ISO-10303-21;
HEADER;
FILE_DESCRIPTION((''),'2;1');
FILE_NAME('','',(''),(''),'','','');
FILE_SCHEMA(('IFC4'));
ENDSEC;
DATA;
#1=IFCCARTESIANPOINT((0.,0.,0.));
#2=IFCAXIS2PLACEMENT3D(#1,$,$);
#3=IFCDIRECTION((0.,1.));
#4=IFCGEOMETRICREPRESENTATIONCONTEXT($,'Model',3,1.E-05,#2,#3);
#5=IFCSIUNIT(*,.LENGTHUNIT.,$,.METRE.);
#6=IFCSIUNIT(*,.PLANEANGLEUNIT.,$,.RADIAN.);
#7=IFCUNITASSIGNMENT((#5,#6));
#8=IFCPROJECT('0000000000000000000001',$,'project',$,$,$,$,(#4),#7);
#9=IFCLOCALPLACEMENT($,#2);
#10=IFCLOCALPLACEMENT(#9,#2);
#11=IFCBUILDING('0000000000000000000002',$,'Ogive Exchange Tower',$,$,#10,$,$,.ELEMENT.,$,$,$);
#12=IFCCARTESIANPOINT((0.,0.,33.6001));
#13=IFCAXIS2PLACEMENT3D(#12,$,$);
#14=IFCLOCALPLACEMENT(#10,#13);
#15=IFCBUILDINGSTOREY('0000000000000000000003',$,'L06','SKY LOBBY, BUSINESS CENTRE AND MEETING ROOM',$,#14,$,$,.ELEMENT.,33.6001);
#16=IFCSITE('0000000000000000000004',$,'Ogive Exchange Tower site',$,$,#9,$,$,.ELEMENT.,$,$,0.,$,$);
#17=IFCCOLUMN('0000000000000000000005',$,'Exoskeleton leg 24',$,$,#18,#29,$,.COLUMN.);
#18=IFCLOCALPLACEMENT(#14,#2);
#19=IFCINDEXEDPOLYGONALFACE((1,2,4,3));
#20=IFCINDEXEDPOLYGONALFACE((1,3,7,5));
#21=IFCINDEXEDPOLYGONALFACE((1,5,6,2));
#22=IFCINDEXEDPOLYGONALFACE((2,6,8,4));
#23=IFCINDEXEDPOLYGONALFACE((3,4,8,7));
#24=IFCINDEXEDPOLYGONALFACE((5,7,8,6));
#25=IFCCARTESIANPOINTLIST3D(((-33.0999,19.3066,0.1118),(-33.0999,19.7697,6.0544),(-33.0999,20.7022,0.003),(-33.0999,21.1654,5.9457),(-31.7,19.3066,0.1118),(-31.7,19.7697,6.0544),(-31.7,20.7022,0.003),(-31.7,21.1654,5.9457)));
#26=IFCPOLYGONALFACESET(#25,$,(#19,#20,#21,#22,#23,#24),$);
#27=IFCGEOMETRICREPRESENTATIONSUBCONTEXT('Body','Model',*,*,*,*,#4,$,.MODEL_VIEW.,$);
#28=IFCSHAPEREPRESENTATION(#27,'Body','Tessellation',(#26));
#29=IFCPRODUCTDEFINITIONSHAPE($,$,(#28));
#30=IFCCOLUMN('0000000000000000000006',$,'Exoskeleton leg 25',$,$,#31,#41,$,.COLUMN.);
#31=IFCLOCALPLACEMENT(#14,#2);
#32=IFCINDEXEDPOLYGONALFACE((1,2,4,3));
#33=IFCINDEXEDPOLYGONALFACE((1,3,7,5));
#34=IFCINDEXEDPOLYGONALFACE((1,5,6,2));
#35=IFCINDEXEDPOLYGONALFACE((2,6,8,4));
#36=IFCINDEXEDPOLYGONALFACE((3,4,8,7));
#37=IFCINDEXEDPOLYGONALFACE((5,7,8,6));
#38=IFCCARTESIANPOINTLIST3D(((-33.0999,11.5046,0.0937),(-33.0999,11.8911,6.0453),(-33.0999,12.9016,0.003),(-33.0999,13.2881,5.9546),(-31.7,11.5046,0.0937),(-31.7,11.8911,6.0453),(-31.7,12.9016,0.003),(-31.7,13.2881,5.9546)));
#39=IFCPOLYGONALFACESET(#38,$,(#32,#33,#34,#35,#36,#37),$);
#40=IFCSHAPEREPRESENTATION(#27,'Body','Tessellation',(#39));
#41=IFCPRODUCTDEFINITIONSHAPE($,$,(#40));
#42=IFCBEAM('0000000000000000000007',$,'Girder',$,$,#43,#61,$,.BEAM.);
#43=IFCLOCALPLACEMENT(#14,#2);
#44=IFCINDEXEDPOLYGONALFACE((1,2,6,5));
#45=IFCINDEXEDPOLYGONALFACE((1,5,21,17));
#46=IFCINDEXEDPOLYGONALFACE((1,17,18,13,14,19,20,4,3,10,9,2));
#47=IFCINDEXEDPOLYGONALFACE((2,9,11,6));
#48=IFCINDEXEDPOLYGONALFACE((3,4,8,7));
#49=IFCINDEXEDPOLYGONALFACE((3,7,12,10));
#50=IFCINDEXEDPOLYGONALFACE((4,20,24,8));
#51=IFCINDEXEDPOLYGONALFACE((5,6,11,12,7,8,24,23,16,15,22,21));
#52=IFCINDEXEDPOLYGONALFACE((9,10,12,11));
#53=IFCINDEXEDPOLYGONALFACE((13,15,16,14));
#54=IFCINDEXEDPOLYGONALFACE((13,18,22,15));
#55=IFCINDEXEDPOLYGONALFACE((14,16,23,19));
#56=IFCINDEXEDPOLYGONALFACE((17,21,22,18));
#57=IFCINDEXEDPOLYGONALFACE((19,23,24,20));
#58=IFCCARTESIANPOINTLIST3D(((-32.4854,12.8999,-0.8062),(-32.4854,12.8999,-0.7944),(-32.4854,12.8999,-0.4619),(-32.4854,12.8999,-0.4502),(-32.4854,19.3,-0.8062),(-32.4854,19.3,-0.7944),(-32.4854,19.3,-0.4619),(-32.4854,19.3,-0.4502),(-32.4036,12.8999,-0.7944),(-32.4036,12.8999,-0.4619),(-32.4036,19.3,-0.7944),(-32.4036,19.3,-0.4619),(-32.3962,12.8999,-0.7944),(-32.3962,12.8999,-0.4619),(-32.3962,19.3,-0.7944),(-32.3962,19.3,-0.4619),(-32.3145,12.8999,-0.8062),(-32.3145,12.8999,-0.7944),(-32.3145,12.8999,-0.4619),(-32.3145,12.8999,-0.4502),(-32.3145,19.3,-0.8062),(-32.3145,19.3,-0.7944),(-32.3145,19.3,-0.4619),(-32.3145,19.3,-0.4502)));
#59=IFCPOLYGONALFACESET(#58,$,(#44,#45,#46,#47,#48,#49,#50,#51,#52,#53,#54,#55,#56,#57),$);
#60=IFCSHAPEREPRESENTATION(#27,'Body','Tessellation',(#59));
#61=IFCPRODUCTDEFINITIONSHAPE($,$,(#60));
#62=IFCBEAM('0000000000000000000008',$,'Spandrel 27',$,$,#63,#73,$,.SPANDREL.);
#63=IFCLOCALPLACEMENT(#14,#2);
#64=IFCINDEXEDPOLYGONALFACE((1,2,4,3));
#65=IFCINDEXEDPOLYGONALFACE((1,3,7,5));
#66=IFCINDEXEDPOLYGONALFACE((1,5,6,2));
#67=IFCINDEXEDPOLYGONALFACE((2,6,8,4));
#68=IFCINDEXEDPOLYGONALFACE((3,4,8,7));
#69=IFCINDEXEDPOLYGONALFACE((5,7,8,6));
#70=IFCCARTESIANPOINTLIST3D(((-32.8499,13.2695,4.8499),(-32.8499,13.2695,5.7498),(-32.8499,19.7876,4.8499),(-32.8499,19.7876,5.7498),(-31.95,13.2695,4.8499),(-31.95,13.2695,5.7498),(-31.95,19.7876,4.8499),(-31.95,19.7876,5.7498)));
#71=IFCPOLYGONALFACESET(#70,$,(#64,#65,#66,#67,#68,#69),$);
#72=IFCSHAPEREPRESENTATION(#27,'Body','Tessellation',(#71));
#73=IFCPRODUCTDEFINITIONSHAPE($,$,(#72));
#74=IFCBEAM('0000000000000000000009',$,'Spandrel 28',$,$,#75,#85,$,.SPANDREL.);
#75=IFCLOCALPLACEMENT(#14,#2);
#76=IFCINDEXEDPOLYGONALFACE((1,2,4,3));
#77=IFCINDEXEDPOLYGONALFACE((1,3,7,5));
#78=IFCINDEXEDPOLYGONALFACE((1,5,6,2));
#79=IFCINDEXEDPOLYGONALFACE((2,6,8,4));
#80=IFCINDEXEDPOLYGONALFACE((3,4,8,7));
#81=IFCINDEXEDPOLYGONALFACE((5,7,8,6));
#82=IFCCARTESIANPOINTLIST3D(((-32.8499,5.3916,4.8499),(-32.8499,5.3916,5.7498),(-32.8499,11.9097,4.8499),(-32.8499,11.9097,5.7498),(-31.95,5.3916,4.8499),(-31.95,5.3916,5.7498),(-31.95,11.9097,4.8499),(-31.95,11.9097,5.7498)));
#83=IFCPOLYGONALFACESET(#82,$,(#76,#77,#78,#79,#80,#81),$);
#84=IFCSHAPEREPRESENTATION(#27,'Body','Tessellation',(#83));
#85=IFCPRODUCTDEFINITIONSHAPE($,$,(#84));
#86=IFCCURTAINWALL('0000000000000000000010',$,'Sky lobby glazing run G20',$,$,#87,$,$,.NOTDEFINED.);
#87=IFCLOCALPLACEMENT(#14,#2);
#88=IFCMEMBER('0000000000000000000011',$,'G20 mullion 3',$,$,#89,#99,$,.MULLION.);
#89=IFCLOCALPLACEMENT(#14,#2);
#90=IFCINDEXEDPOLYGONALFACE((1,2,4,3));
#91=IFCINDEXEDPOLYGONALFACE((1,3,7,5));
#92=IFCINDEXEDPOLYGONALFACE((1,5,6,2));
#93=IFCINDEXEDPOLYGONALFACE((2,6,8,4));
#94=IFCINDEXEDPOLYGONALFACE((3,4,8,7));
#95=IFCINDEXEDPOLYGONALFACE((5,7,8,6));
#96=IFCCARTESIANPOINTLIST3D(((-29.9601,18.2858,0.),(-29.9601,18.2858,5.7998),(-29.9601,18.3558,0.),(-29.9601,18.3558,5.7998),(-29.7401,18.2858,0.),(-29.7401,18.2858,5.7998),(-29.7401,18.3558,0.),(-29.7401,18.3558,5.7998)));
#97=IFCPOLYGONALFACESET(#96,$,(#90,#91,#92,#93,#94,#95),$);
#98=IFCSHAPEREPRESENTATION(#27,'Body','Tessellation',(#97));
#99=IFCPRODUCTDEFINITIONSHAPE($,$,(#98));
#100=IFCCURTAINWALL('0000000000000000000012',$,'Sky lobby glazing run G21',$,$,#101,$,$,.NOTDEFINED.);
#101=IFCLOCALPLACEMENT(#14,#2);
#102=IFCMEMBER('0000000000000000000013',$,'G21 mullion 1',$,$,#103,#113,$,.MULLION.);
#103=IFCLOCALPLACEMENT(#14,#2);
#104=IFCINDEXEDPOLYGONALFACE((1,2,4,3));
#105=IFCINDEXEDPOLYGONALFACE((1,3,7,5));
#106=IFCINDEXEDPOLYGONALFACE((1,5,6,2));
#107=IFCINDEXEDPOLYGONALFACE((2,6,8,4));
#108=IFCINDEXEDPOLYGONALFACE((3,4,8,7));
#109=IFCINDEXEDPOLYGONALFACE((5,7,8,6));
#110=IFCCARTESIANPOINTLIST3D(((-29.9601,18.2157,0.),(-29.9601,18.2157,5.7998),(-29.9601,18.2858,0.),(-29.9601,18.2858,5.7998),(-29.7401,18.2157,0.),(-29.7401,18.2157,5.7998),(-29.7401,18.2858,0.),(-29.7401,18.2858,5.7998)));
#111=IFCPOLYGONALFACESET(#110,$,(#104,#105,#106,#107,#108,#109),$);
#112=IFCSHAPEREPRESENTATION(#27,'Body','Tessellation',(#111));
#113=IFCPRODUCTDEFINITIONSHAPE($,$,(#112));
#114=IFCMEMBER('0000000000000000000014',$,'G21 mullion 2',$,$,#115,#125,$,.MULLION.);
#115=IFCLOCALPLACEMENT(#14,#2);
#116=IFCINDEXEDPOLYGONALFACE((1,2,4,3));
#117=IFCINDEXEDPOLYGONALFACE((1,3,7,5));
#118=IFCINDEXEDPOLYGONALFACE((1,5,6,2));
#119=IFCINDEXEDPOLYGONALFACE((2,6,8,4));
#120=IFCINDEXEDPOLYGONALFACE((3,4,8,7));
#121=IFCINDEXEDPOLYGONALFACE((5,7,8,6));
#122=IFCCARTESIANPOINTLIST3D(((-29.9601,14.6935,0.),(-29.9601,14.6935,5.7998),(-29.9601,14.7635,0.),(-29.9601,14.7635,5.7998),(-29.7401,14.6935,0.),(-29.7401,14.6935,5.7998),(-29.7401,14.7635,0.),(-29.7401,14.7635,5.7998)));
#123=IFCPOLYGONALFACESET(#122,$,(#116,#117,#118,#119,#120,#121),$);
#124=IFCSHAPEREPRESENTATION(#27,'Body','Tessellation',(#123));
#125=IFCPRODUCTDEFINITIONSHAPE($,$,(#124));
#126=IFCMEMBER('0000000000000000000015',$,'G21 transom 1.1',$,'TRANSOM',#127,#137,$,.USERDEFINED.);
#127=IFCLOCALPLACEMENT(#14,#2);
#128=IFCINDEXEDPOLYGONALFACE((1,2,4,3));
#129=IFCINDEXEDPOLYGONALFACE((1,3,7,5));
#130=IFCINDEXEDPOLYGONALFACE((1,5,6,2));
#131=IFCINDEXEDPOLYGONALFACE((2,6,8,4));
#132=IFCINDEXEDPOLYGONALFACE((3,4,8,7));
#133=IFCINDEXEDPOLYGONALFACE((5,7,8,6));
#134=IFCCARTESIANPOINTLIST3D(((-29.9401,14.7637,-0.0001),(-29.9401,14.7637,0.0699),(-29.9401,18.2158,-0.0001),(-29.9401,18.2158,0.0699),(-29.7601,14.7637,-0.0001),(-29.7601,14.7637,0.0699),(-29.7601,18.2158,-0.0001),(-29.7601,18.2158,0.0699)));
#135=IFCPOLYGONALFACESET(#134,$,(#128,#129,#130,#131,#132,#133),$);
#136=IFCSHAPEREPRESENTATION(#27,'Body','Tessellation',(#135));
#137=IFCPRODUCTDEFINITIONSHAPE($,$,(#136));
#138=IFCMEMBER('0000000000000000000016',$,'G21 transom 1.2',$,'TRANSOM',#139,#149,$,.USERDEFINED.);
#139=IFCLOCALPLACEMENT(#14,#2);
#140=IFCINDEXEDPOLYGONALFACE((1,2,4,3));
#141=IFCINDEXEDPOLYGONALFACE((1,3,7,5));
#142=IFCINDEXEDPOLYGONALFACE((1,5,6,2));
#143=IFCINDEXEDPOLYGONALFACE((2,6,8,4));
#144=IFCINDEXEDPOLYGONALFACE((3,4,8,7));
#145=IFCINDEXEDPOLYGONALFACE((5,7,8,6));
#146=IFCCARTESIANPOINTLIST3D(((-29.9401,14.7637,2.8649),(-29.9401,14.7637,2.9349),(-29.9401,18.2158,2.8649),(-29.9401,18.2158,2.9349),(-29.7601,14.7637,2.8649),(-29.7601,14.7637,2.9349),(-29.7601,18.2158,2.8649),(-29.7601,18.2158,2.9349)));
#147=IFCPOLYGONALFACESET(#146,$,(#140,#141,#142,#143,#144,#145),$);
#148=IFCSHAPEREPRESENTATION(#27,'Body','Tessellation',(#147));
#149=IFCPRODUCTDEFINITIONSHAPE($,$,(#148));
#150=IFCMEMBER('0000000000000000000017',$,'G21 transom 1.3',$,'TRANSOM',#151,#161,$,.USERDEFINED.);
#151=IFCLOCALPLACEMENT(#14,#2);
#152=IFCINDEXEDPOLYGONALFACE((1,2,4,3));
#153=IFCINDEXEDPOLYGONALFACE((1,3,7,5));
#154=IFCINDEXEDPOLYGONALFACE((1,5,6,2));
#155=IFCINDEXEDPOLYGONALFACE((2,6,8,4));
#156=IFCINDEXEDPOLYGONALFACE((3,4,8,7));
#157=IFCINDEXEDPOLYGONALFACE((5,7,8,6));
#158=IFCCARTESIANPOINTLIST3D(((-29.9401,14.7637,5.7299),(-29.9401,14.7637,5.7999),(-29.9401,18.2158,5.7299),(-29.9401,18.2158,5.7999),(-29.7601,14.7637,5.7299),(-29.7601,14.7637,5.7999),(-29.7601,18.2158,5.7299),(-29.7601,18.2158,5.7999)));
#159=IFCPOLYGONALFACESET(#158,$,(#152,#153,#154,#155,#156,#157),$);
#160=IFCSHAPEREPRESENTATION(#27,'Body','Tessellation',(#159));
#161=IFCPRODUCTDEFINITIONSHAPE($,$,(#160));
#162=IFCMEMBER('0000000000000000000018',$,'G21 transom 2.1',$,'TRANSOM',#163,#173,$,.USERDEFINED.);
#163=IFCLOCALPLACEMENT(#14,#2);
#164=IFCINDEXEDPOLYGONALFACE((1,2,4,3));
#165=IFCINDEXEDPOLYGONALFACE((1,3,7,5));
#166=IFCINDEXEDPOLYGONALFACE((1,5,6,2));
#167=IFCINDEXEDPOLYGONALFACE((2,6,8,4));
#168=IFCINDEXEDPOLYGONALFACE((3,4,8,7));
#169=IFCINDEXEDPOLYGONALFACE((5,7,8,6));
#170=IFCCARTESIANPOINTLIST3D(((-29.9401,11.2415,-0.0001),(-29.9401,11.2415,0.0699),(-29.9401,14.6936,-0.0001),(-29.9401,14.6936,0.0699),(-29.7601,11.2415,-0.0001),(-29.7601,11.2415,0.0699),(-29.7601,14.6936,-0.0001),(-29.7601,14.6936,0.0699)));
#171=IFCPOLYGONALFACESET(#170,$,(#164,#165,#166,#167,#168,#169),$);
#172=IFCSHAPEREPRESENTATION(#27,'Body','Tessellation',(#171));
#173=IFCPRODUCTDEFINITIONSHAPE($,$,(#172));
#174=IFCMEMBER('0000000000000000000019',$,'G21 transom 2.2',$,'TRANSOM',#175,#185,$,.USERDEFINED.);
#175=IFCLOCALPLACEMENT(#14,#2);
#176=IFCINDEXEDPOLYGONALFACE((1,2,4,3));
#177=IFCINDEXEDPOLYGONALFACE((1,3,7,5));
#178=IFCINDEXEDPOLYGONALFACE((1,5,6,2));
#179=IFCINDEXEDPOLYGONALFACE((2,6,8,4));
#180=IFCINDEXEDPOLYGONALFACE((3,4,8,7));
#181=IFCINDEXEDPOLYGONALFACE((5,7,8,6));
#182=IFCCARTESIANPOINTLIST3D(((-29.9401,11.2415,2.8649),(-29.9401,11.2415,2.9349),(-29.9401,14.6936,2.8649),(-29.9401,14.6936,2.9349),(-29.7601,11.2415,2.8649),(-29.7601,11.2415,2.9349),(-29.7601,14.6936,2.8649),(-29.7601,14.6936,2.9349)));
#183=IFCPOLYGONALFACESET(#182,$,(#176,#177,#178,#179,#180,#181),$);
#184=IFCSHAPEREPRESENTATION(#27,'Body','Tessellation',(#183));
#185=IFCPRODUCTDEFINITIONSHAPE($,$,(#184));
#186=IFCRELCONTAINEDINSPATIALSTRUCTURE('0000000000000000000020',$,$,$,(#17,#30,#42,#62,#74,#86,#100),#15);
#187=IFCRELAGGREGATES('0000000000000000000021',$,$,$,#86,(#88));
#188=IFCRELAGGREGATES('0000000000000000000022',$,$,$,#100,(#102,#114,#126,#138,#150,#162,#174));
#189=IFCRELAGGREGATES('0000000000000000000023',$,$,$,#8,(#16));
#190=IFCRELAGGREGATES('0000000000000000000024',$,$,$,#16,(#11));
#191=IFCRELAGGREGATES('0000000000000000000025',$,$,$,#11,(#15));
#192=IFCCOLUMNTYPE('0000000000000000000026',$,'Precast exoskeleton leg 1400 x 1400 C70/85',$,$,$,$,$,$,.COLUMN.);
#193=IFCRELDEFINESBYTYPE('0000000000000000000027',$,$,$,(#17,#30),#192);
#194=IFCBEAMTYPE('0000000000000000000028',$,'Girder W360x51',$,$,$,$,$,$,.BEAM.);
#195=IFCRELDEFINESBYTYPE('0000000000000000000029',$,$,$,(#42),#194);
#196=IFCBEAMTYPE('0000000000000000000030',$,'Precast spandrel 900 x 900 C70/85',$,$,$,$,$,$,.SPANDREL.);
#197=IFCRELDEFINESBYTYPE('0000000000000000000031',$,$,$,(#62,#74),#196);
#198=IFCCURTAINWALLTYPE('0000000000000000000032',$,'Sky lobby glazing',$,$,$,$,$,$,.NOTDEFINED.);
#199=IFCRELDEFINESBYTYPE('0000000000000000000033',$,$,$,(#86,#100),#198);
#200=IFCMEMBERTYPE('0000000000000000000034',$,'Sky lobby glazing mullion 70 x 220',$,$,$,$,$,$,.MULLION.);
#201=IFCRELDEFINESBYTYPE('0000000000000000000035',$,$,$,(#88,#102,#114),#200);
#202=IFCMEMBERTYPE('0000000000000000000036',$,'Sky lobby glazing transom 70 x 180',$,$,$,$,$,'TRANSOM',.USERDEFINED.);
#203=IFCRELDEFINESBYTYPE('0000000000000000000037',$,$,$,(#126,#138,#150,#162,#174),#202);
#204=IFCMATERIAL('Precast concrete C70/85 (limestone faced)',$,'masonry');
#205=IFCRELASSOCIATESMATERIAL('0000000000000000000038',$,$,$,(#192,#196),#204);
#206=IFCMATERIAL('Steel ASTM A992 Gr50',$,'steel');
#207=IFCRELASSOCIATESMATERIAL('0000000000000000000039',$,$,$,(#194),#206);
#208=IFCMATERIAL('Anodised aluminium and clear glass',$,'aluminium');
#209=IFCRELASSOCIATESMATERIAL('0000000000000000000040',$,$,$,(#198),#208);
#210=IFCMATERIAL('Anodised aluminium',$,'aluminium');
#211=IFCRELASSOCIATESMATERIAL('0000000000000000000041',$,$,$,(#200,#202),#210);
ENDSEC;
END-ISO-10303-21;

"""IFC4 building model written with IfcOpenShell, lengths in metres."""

from ifc_helpers import new_model, si_unit, direction, frame, origin, origin_2d, place, context, subcontext, project, spatial, rectangle, i_section, extrude, material, material_profile, profile_set, type_object, element, aggregate, save


model = new_model("IFC4")

# Units and contexts
model_context = context("Model", 3, precision=1e-05, world=origin(), true_north=direction((0.0, 1.0)))
body_context = subcontext(model_context, "Body", "Model", "MODEL_VIEW")
ifc_project = project(units=[si_unit("LENGTHUNIT", "METRE"), si_unit("PLANEANGLEUNIT", "RADIAN")], contexts=[model_context])

# Site, building, storey
site_placement = place(None, origin())
site = spatial("IfcSite", under=ifc_project, at=site_placement, Name="Ogive Exchange Tower site", CompositionType="ELEMENT", RefElevation=0.0)
building_placement = place(site_placement, origin())
building = spatial("IfcBuilding", under=site, at=building_placement, Name="Ogive Exchange Tower", CompositionType="ELEMENT")
storey_placement = place(building_placement, frame((0.0, 0.0, 33.6001)))
storey = spatial("IfcBuildingStorey", under=building, at=storey_placement, Name="L06", Description="SKY LOBBY, BUSINESS CENTRE AND MEETING ROOM", CompositionType="ELEMENT", Elevation=33.6001)

# Columns
ifc_material_1 = material(Name="Precast concrete C70/85 (limestone faced)", Category="masonry")
ifc_material_profile_1 = material_profile(ifc_material_1, rectangle(XDim=1.3999, YDim=1.3999, at=origin_2d()), Name="1400 x 1400")
ifc_profile_set_1 = profile_set([ifc_material_profile_1], Name="Precast concrete C70/85 (limestone faced)")
column_type = type_object("IfcColumnType", Name="Precast exoskeleton leg 1400 x 1400 C70/85", PredefinedType="COLUMN", material=ifc_profile_set_1)
column_1_placement = place(storey_placement, frame((-32.3999, 20.0044, 0.0574), z_axis=(0.0, 0.077699, 0.996977), x_axis=(-1.0, 0.0, 0.0)))
element("IfcColumn", 1, at=column_1_placement, inside=storey, type_object=column_type, Name="Exoskeleton leg 24", PredefinedType="COLUMN", context=body_context, shape_type="SweptSolid", body=[
    extrude(rectangle(XDim=1.3999, YDim=1.3999, at=origin_2d()), origin(), (0.0, 0.0, 1.0), 5.9607),
])
column_2_placement = place(storey_placement, frame((-32.3999, 12.2031, 0.0483), z_axis=(0.0, 0.064799, 0.997898), x_axis=(-1.0, 0.0, 0.0)))
element("IfcColumn", 2, at=column_2_placement, inside=storey, type_object=column_type, Name="Exoskeleton leg 25", PredefinedType="COLUMN", context=body_context, shape_type="SweptSolid", body=[
    extrude(rectangle(XDim=1.3999, YDim=1.3999, at=origin_2d()), origin(), (0.0, 0.0, 1.0), 5.9641),
])

# Beams
ifc_material_2 = material(Name="Steel ASTM A992 Gr50", Category="steel")
ifc_material_profile_2 = material_profile(ifc_material_2, i_section(OverallWidth=0.1709, OverallDepth=0.356, WebThickness=0.0073, FlangeThickness=0.0117, at=origin_2d()), Name="W360x51")
ifc_profile_set_2 = profile_set([ifc_material_profile_2], Name="Steel ASTM A992 Gr50")
beam_type_1 = type_object("IfcBeamType", Name="Girder W360x51", PredefinedType="BEAM", material=ifc_profile_set_2)
beam_placement = place(storey_placement, frame((-32.3999, 19.3, -0.6282), z_axis=(0.0, -1.0, 0.0), x_axis=(1.0, 0.0, 0.0)))
element("IfcBeam", 3, at=beam_placement, inside=storey, type_object=beam_type_1, Name="Girder", PredefinedType="BEAM", context=body_context, shape_type="SweptSolid", body=[
    extrude(i_section(OverallWidth=0.1709, OverallDepth=0.356, WebThickness=0.0073, FlangeThickness=0.0117, at=origin_2d()), origin(), (0.0, 0.0, 1.0), 6.4001),
])
ifc_material_profile_3 = material_profile(ifc_material_1, rectangle(XDim=0.8999, YDim=0.8999, at=origin_2d()), Name="900 x 900")
ifc_profile_set_3 = profile_set([ifc_material_profile_3], Name="Precast concrete C70/85 (limestone faced)")
beam_type_2 = type_object("IfcBeamType", Name="Precast spandrel 900 x 900 C70/85", PredefinedType="SPANDREL", material=ifc_profile_set_3)
for number, where, z_axis, x_axis, name in (
    (4, (-32.3999, 19.7876, 5.2998), (0.0, -1.0, 0.0), (1.0, 0.0, 0.0), "Spandrel 27"),
    (5, (-32.3999, 11.9097, 5.2998), (0.0, -1.0, 0.0), (1.0, 0.0, 0.0), "Spandrel 28"),
):
    element("IfcBeam", number, at=place(storey_placement, frame(where, z_axis=z_axis, x_axis=x_axis)), inside=storey, type_object=beam_type_2, Name=name, PredefinedType="SPANDREL", context=body_context, shape_type="SweptSolid", body=[
        extrude(rectangle(XDim=0.8999, YDim=0.8999, at=origin_2d()), origin(), (0.0, 0.0, 1.0), 6.5181),
    ])

# Curtain wall, member
ifc_material_3 = material(Name="Anodised aluminium and clear glass", Category="aluminium")
curtain_wall_type = type_object("IfcCurtainWallType", Name="Sky lobby glazing", PredefinedType="NOTDEFINED", material=ifc_material_3)
curtain_wall_1_placement = place(storey_placement, origin())
curtain_wall_1 = element("IfcCurtainWall", 6, at=curtain_wall_1_placement, inside=storey, type_object=curtain_wall_type, Name="Sky lobby glazing run G20", PredefinedType="NOTDEFINED")
ifc_material_4 = material(Name="Anodised aluminium", Category="aluminium")
ifc_material_profile_4 = material_profile(ifc_material_4, rectangle(XDim=0.22, YDim=0.0701, at=origin_2d()), Name="AL 70x220")
ifc_profile_set_4 = profile_set([ifc_material_profile_4], Name="Anodised aluminium")
member_type_1 = type_object("IfcMemberType", Name="Sky lobby glazing mullion 70 x 220", PredefinedType="MULLION", material=ifc_profile_set_4)
member_1_placement = place(storey_placement, frame((-29.8501, 18.3208, 0.0), z_axis=(0.0, 0.0, 1.0), x_axis=(1.0, 0.0, 0.0)))
member_1 = element("IfcMember", 7, at=member_1_placement, type_object=member_type_1, Name="G20 mullion 3", PredefinedType="MULLION", context=body_context, shape_type="SweptSolid", body=[
    extrude(rectangle(XDim=0.22, YDim=0.0701, at=origin_2d()), origin(), (0.0, 0.0, 1.0), 5.7998),
])
aggregate(curtain_wall_1, [member_1])

# Curtain wall, members
curtain_wall_2_placement = place(storey_placement, origin())
curtain_wall_2 = element("IfcCurtainWall", 8, at=curtain_wall_2_placement, inside=storey, type_object=curtain_wall_type, Name="Sky lobby glazing run G21", PredefinedType="NOTDEFINED")
member_2_placement = place(storey_placement, frame((-29.8501, 18.2507, 0.0), z_axis=(0.0, 0.0, 1.0), x_axis=(1.0, 0.0, 0.0)))
member_2 = element("IfcMember", 9, at=member_2_placement, type_object=member_type_1, Name="G21 mullion 1", PredefinedType="MULLION", context=body_context, shape_type="SweptSolid", body=[
    extrude(rectangle(XDim=0.22, YDim=0.0701, at=origin_2d()), origin(), (0.0, 0.0, 1.0), 5.7998),
])
member_3_placement = place(storey_placement, frame((-29.8501, 14.7285, 0.0), z_axis=(0.0, 0.0, 1.0), x_axis=(1.0, 0.0, 0.0)))
member_3 = element("IfcMember", 10, at=member_3_placement, type_object=member_type_1, Name="G21 mullion 2", PredefinedType="MULLION", context=body_context, shape_type="SweptSolid", body=[
    extrude(rectangle(XDim=0.22, YDim=0.0701, at=origin_2d()), origin(), (0.0, 0.0, 1.0), 5.7998),
])
ifc_material_profile_5 = material_profile(ifc_material_4, rectangle(XDim=0.1799, YDim=0.0701, at=origin_2d()), Name="AL 70x180")
ifc_profile_set_5 = profile_set([ifc_material_profile_5], Name="Anodised aluminium")
member_type_2 = type_object("IfcMemberType", Name="Sky lobby glazing transom 70 x 180", ElementType="TRANSOM", PredefinedType="USERDEFINED", material=ifc_profile_set_5)
member_4_placement = place(storey_placement, frame((-29.8501, 18.2158, 0.0349), z_axis=(0.0, -1.0, 0.0), x_axis=(1.0, 0.0, 0.0)))
member_4 = element("IfcMember", 11, at=member_4_placement, type_object=member_type_2, Name="G21 transom 1.1", ObjectType="TRANSOM", PredefinedType="USERDEFINED", context=body_context, shape_type="SweptSolid", body=[
    extrude(rectangle(XDim=0.1799, YDim=0.0701, at=origin_2d()), origin(), (0.0, 0.0, 1.0), 3.4521),
])
member_5_placement = place(storey_placement, frame((-29.8501, 18.2158, 2.8999), z_axis=(0.0, -1.0, 0.0), x_axis=(1.0, 0.0, 0.0)))
member_5 = element("IfcMember", 12, at=member_5_placement, type_object=member_type_2, Name="G21 transom 1.2", ObjectType="TRANSOM", PredefinedType="USERDEFINED", context=body_context, shape_type="SweptSolid", body=[
    extrude(rectangle(XDim=0.1799, YDim=0.0701, at=origin_2d()), origin(), (0.0, 0.0, 1.0), 3.4521),
])
member_6_placement = place(storey_placement, frame((-29.8501, 18.2158, 5.7649), z_axis=(0.0, -1.0, 0.0), x_axis=(1.0, 0.0, 0.0)))
member_6 = element("IfcMember", 13, at=member_6_placement, type_object=member_type_2, Name="G21 transom 1.3", ObjectType="TRANSOM", PredefinedType="USERDEFINED", context=body_context, shape_type="SweptSolid", body=[
    extrude(rectangle(XDim=0.1799, YDim=0.0701, at=origin_2d()), origin(), (0.0, 0.0, 1.0), 3.4521),
])
member_7_placement = place(storey_placement, frame((-29.8501, 14.6936, 0.0349), z_axis=(0.0, -1.0, 0.0), x_axis=(1.0, 0.0, 0.0)))
member_7 = element("IfcMember", 14, at=member_7_placement, type_object=member_type_2, Name="G21 transom 2.1", ObjectType="TRANSOM", PredefinedType="USERDEFINED", context=body_context, shape_type="SweptSolid", body=[
    extrude(rectangle(XDim=0.1799, YDim=0.0701, at=origin_2d()), origin(), (0.0, 0.0, 1.0), 3.4521),
])
member_8_placement = place(storey_placement, frame((-29.8501, 14.6936, 2.8999), z_axis=(0.0, -1.0, 0.0), x_axis=(1.0, 0.0, 0.0)))
member_8 = element("IfcMember", 15, at=member_8_placement, type_object=member_type_2, Name="G21 transom 2.2", ObjectType="TRANSOM", PredefinedType="USERDEFINED", context=body_context, shape_type="SweptSolid", body=[
    extrude(rectangle(XDim=0.1799, YDim=0.0701, at=origin_2d()), origin(), (0.0, 0.0, 1.0), 3.4521),
])
aggregate(curtain_wall_2, [member_2, member_3, member_4, member_5, member_6, member_7, member_8])

save(model, "model.ifc")
